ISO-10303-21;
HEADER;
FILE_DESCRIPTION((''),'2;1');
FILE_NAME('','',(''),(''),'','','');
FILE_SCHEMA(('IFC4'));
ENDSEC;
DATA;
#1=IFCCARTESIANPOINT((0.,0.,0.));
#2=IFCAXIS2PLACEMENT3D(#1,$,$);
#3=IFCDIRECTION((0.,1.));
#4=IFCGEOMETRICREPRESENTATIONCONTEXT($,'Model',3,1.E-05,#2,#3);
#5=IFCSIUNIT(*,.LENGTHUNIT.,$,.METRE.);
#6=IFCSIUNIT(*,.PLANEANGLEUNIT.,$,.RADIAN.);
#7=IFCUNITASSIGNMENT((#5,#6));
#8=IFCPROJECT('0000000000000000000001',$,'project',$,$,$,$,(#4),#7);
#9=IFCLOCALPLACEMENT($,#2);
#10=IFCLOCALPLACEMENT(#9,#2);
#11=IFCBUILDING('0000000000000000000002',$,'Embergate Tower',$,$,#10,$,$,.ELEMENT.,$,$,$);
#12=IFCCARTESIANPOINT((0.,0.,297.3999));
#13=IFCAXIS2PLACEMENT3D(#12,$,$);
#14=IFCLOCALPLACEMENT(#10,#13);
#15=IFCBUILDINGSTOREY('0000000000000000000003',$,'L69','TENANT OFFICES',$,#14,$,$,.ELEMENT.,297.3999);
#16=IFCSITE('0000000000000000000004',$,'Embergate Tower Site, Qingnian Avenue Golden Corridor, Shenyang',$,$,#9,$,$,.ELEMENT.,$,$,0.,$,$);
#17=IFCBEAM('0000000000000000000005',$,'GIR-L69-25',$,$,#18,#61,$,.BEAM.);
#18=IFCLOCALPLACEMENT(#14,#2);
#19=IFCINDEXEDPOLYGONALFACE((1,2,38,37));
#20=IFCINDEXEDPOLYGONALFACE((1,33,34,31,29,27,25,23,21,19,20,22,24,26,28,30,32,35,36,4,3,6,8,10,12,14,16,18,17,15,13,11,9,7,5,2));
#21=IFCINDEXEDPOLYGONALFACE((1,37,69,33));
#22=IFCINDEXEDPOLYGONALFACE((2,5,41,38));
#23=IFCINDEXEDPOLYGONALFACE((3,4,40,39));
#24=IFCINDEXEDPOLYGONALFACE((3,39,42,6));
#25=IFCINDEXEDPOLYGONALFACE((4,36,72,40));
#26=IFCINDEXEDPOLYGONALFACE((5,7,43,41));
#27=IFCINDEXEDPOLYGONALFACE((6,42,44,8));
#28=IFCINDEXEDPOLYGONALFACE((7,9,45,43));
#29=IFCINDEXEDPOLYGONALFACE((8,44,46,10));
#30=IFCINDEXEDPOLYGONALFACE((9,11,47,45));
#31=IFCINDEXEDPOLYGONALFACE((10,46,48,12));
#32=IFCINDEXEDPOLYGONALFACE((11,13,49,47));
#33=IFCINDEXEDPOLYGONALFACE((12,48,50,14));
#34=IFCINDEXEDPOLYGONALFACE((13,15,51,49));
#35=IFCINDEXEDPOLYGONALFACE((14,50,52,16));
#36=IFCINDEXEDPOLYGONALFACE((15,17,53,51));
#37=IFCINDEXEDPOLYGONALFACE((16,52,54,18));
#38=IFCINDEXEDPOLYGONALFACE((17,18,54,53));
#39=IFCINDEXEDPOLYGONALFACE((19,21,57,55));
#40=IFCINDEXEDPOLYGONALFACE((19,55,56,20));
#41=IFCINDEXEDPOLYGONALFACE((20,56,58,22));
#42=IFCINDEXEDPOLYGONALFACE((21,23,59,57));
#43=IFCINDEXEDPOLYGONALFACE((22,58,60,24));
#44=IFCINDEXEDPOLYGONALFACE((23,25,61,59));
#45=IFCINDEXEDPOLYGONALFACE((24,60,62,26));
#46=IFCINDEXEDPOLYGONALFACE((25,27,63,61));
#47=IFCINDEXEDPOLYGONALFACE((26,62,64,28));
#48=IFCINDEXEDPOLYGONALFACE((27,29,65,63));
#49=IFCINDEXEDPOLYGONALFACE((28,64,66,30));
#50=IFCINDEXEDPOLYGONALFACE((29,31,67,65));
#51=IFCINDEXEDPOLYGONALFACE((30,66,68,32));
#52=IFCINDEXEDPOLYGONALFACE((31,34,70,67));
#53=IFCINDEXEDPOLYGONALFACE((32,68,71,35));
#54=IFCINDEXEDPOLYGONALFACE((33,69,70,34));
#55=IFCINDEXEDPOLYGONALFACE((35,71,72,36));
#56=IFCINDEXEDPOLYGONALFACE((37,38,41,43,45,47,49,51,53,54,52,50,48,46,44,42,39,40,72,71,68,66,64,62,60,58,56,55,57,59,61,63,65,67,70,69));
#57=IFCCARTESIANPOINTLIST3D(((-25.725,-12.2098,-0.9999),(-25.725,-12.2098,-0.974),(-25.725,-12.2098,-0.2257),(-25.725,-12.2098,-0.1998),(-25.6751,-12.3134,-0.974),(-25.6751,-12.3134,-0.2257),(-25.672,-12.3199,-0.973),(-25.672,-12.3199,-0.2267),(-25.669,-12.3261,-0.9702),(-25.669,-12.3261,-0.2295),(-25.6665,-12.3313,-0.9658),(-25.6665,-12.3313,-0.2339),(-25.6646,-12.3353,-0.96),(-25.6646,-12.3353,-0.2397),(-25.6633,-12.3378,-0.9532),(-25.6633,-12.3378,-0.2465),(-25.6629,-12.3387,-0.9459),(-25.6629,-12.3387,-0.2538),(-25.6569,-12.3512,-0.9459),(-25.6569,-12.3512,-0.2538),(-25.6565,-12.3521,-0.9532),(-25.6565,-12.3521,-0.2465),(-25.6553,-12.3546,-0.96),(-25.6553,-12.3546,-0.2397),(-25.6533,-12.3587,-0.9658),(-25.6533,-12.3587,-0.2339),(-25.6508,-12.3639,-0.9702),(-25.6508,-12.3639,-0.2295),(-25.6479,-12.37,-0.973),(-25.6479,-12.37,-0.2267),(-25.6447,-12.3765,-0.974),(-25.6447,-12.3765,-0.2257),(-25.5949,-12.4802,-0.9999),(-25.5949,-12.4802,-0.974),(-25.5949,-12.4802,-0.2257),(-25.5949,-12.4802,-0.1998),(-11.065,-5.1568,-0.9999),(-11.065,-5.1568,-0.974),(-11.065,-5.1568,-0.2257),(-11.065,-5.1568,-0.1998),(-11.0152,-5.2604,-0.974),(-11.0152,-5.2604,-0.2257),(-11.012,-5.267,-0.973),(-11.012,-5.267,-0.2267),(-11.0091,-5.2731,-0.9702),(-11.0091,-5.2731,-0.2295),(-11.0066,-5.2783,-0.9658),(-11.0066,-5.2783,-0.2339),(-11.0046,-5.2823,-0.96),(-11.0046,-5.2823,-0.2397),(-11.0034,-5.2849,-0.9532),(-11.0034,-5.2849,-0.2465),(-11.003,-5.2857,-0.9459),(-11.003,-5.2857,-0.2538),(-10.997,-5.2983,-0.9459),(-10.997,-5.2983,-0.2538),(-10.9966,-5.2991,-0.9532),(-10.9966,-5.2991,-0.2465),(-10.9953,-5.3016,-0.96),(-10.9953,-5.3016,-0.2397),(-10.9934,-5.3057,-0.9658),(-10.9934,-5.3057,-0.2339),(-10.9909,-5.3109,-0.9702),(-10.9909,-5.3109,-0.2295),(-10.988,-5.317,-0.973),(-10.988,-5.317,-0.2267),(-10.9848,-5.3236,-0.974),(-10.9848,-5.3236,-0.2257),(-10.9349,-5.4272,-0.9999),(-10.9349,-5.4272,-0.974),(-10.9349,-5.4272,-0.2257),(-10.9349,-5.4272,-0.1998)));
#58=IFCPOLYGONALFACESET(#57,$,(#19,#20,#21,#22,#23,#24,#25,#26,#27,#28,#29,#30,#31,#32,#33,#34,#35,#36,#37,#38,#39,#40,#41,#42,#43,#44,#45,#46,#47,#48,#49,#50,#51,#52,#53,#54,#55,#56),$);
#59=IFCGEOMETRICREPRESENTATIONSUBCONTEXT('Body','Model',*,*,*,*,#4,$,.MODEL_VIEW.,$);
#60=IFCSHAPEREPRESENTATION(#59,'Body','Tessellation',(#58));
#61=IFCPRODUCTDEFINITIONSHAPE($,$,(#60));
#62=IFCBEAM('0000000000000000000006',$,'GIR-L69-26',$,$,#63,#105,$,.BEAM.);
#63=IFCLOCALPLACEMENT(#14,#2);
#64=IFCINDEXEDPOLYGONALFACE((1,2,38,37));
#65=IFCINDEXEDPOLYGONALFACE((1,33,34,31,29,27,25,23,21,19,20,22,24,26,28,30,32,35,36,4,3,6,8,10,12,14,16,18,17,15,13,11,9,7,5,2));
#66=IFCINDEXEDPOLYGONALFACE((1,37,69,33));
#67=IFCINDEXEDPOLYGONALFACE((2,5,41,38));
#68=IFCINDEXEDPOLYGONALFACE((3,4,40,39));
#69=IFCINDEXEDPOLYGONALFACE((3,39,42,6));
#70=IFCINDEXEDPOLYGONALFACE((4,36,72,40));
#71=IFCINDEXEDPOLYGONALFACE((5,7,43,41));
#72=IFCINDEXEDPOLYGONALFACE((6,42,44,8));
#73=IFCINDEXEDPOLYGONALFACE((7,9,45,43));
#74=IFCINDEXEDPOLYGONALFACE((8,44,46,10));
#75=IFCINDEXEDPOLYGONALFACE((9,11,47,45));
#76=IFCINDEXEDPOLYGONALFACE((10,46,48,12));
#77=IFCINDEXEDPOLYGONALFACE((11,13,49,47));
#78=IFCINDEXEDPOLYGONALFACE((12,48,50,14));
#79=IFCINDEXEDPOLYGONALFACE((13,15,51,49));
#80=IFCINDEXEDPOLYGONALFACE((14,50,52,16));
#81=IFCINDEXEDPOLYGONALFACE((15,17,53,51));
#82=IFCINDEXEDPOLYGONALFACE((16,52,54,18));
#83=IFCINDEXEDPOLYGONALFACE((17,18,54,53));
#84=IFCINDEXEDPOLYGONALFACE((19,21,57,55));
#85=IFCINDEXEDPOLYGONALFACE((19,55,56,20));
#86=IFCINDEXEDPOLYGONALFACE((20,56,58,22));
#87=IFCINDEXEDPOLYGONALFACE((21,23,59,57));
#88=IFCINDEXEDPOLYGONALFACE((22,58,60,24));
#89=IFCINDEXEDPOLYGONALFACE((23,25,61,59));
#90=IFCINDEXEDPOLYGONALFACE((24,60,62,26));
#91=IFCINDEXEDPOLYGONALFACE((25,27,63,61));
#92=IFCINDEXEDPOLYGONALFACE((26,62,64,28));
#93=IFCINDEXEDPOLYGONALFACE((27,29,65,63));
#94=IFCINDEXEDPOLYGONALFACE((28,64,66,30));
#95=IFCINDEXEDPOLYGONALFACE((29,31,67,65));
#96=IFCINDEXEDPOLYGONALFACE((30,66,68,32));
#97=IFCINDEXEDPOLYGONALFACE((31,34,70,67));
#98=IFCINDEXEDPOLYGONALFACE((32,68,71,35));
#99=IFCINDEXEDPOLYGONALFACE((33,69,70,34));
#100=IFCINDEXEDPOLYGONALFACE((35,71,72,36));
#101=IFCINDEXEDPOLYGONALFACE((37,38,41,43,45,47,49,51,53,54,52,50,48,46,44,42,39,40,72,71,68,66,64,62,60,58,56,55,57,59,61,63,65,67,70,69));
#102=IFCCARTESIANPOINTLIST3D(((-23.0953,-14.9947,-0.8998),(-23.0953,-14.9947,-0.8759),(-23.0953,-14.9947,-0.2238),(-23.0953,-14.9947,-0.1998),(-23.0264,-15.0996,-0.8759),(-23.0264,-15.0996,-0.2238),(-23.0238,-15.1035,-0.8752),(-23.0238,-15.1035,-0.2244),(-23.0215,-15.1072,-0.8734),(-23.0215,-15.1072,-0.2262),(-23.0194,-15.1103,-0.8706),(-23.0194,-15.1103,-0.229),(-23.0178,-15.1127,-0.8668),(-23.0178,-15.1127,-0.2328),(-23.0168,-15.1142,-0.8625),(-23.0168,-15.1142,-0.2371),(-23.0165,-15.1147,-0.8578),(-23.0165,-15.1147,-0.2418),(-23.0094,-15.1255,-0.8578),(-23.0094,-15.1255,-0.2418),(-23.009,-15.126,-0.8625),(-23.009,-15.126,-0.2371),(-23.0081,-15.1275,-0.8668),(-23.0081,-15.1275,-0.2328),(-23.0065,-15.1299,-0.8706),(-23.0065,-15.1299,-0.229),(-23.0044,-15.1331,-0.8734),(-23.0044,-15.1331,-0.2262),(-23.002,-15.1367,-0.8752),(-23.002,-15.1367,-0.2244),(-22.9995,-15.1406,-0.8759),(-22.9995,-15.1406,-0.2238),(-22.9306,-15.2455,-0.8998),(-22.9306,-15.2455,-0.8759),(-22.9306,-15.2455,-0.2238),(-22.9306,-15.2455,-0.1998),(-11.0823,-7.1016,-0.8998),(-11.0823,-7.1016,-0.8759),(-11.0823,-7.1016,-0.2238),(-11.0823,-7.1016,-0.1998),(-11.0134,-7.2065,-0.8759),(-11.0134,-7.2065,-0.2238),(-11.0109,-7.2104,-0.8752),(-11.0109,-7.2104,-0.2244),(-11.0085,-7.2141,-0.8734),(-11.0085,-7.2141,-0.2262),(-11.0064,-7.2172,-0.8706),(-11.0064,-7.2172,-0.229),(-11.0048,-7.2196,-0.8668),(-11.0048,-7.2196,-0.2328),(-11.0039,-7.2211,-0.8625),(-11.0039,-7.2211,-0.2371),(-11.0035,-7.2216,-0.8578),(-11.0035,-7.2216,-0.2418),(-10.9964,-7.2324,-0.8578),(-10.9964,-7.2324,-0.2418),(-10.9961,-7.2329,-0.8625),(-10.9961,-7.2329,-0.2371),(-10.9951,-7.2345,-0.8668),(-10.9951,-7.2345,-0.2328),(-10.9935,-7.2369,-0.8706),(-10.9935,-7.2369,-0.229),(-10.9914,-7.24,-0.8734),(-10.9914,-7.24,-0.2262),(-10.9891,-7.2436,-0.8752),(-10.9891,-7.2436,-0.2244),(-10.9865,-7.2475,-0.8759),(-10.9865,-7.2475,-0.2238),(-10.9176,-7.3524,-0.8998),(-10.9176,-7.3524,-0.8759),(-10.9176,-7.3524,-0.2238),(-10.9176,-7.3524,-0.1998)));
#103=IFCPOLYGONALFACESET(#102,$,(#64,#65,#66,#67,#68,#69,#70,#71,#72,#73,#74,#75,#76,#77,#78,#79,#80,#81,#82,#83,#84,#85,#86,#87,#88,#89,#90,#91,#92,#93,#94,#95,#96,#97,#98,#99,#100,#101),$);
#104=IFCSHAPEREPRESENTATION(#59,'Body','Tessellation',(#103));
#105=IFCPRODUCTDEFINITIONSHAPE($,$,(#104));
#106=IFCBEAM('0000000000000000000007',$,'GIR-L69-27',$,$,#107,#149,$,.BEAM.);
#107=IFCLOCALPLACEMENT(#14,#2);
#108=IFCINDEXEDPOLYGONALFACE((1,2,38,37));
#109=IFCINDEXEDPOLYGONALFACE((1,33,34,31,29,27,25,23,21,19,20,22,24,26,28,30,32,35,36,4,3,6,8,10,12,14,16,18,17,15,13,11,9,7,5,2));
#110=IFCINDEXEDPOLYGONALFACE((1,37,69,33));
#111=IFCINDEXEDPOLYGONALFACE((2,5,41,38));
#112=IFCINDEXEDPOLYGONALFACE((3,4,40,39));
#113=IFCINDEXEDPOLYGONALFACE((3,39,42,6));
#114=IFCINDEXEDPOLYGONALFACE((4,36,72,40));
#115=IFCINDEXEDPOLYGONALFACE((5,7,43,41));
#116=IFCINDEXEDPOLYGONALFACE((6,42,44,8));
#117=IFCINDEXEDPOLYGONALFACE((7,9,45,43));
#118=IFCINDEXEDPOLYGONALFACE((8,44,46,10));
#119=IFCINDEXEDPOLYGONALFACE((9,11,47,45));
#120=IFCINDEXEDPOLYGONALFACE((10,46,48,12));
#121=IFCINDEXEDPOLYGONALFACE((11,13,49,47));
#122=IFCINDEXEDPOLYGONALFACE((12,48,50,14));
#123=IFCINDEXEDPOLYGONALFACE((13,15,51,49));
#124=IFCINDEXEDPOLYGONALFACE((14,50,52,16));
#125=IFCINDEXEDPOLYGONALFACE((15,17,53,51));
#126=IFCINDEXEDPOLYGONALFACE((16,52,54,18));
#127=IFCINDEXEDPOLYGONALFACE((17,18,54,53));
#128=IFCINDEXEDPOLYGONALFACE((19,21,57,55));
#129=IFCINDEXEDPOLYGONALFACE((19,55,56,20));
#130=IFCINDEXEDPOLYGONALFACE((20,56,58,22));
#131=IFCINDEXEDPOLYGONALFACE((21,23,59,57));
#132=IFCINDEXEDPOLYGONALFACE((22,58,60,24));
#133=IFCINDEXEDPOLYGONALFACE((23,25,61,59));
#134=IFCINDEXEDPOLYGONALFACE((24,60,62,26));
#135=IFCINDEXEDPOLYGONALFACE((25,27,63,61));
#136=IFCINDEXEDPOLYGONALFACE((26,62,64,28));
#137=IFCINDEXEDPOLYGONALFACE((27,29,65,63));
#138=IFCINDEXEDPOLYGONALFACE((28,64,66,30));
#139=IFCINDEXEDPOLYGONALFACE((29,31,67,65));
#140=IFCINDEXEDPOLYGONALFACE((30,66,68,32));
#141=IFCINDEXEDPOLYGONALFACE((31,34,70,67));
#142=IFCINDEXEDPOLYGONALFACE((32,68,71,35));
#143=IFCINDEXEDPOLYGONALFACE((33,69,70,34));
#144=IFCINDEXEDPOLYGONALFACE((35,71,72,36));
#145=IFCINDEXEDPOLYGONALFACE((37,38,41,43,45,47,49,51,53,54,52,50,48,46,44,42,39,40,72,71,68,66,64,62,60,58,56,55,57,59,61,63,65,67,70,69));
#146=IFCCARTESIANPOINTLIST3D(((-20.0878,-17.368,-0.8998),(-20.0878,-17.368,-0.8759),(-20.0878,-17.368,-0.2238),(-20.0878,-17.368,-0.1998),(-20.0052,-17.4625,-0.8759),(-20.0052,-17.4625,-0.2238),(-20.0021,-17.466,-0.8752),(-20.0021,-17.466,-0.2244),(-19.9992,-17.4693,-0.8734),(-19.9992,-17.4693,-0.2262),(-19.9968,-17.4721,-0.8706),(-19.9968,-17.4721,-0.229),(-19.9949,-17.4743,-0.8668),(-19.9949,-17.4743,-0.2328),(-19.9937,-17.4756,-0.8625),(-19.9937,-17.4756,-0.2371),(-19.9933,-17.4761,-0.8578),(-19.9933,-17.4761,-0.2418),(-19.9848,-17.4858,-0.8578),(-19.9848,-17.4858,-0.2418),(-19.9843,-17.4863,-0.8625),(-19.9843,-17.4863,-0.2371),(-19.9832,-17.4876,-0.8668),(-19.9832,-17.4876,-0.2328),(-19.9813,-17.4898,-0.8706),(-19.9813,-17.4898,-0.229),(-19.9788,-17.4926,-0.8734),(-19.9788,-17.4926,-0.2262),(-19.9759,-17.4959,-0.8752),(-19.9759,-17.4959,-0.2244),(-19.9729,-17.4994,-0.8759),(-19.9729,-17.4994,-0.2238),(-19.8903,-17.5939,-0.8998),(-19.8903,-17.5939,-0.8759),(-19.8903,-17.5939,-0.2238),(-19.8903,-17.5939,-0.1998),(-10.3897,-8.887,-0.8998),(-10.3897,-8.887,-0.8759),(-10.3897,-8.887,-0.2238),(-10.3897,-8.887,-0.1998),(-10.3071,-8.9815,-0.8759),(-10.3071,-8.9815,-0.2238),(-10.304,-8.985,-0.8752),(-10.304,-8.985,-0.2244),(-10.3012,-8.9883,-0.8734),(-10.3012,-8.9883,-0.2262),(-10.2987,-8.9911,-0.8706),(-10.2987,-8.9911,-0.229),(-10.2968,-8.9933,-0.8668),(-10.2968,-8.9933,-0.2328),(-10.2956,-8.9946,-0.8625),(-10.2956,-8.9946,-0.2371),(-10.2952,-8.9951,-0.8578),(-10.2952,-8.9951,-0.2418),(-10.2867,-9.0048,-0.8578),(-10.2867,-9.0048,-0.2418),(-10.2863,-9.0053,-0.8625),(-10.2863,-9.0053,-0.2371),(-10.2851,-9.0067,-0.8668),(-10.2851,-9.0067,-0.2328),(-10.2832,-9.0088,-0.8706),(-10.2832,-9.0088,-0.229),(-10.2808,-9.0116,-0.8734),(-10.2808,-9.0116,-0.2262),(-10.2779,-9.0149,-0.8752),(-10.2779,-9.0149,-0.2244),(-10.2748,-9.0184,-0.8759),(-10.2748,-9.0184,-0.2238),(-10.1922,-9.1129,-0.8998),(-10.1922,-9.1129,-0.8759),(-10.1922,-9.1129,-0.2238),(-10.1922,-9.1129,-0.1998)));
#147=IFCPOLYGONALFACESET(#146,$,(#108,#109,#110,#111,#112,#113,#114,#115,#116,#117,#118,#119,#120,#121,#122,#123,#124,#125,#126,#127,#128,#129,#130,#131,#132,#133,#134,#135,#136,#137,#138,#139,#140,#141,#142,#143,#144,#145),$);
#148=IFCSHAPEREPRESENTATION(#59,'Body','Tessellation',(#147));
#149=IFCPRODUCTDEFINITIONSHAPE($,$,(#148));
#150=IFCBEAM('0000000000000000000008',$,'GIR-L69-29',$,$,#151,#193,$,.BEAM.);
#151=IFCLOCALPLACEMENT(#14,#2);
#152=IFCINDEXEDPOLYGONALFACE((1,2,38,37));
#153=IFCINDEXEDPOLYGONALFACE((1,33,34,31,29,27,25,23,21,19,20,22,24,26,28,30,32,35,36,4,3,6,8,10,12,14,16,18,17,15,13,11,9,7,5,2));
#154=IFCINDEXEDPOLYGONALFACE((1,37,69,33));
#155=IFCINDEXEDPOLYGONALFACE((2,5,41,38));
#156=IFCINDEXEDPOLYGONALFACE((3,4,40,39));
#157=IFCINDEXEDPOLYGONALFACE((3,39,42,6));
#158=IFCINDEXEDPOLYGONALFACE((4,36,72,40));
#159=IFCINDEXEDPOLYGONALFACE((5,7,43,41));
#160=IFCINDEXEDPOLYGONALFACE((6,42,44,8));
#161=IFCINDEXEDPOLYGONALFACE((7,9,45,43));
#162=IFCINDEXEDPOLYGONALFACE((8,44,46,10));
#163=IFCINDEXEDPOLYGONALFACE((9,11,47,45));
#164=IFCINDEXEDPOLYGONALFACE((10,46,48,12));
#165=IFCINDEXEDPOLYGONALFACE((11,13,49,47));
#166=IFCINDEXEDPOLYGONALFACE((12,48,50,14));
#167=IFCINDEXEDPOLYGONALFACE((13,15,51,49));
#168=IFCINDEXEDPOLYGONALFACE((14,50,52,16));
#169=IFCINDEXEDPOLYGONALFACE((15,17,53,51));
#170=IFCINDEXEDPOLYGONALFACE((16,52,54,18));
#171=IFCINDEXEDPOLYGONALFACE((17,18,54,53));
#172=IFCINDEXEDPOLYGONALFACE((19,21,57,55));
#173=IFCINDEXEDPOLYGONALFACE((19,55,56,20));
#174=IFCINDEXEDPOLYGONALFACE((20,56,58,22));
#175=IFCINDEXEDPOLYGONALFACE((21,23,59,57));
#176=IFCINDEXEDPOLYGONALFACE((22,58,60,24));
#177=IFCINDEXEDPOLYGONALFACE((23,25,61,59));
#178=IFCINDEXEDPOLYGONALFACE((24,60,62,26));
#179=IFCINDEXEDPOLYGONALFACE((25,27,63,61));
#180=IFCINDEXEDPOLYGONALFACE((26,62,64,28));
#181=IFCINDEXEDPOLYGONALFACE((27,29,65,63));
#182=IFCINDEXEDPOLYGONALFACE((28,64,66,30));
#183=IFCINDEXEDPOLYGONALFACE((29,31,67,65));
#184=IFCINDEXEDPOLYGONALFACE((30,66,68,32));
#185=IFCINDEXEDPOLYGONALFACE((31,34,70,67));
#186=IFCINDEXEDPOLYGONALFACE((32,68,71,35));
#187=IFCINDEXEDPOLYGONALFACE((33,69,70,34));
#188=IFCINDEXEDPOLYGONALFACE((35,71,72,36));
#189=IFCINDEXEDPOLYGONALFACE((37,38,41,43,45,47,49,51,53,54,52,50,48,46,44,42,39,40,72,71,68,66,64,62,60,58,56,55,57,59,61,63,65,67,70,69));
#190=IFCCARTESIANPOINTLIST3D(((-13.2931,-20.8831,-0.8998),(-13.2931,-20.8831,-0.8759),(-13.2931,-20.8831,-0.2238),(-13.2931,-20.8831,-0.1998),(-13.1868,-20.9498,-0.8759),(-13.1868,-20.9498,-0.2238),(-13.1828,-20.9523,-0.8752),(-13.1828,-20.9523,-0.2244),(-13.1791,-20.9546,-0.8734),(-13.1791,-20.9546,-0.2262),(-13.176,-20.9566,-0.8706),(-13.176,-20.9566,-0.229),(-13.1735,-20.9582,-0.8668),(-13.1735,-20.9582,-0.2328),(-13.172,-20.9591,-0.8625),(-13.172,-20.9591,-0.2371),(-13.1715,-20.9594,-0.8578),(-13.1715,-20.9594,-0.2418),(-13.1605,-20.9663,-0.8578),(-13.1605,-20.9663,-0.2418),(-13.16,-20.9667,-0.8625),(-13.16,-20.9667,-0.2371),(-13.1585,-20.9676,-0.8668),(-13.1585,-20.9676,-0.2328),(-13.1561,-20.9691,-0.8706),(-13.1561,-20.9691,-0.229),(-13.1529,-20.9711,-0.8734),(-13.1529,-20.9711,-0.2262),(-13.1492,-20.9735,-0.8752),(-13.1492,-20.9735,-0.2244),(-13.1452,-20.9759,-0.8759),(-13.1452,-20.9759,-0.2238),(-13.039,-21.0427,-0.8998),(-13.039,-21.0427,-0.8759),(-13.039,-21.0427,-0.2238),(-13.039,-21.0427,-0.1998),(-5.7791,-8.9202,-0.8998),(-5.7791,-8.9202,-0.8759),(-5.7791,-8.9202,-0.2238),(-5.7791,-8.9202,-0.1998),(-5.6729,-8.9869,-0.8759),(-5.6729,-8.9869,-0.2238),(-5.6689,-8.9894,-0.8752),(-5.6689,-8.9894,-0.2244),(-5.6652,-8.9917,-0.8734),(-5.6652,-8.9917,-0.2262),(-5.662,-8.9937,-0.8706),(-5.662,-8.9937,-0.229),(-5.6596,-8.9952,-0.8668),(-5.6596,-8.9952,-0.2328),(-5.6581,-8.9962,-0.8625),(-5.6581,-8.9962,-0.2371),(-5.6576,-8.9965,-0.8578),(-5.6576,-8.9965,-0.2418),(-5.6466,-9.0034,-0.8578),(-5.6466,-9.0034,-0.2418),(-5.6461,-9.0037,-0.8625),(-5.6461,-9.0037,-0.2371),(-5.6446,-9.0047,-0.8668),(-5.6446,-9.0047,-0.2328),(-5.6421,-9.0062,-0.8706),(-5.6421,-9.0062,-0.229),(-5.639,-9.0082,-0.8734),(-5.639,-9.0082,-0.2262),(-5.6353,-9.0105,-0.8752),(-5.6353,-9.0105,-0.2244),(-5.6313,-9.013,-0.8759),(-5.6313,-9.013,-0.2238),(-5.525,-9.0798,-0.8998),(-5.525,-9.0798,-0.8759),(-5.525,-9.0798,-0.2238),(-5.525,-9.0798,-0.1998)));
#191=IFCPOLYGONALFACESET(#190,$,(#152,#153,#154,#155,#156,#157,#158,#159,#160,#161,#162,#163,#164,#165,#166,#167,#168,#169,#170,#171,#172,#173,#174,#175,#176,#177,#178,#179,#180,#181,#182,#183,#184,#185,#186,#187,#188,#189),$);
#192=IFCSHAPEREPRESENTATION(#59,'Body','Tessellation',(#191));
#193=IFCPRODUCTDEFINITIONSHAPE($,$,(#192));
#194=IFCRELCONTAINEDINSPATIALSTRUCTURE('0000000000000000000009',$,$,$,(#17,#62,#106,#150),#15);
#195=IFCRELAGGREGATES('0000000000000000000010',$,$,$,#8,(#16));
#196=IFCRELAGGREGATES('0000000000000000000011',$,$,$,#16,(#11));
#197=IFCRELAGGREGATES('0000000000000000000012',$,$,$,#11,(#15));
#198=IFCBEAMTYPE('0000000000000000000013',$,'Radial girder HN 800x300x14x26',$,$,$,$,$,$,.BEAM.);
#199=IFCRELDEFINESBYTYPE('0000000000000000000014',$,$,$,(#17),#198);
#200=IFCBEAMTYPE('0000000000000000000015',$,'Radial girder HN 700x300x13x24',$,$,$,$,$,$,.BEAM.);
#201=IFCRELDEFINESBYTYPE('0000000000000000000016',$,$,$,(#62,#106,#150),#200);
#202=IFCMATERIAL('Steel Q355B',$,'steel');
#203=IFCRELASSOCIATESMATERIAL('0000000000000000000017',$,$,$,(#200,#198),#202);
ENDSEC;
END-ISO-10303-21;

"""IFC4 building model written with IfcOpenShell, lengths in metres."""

from ifc_helpers import new_model, si_unit, direction, frame, origin, origin_2d, place, context, subcontext, project, spatial, i_section, extrude, source, transform, mapped, material, material_profile, profile_set, type_object, element, save


model = new_model("IFC4")

# Units and contexts
model_context = context("Model", 3, precision=1e-05, world=origin(), true_north=direction((0.0, 1.0)))
body_context = subcontext(model_context, "Body", "Model", "MODEL_VIEW")
ifc_project = project(units=[si_unit("LENGTHUNIT", "METRE"), si_unit("PLANEANGLEUNIT", "RADIAN")], contexts=[model_context])

# Site, building, storey
site_placement = place(None, origin())
site = spatial("IfcSite", under=ifc_project, at=site_placement, Name="Embergate Tower Site, Qingnian Avenue Golden Corridor, Shenyang", CompositionType="ELEMENT", RefElevation=0.0)
building_placement = place(site_placement, origin())
building = spatial("IfcBuilding", under=site, at=building_placement, Name="Embergate Tower", CompositionType="ELEMENT")
storey_placement = place(building_placement, frame((0.0, 0.0, 297.3999)))
storey = spatial("IfcBuildingStorey", under=building, at=storey_placement, Name="L69", Description="TENANT OFFICES", CompositionType="ELEMENT", Elevation=297.3999)

# Beams
ifc_material_1 = material(Name="Steel Q355B", Category="steel")
ifc_material_profile_1 = material_profile(ifc_material_1, i_section(OverallWidth=0.3, OverallDepth=0.7, WebThickness=0.0129, FlangeThickness=0.0239, FilletRadius=0.0181, at=origin_2d()), Name="HN 700x300x13x24")
ifc_profile_set_1 = profile_set([ifc_material_profile_1], Name="Steel Q355 grade B")
beam_type_1 = type_object("IfcBeamType", Name="Radial girder HN 700x300x13x24", PredefinedType="BEAM", material=ifc_profile_set_1)
ifc_material_profile_2 = material_profile(ifc_material_1, i_section(OverallWidth=0.3, OverallDepth=0.8, WebThickness=0.0139, FlangeThickness=0.0259, FilletRadius=0.0281, at=origin_2d()), Name="HN 800x300x14x26")
ifc_profile_set_2 = profile_set([ifc_material_profile_2], Name="Steel Q355 grade B")
beam_type_2 = type_object("IfcBeamType", Name="Radial girder HN 800x300x14x26", PredefinedType="BEAM", material=ifc_profile_set_2)
shared_shape_1 = source(origin(), body_context, "Body", "SweptSolid", [
    extrude(i_section(OverallWidth=0.3, OverallDepth=0.8, WebThickness=0.0139, FlangeThickness=0.0259, FilletRadius=0.0281, at=origin_2d()), origin(), (0.0, 0.0, 1.0), 16.2683),
])
beam_1_placement = place(storey_placement, frame((-25.6599, -12.345, -0.5999), z_axis=(0.901134, 0.433541, 0.0), x_axis=(-0.433541, 0.901134, 0.0)))
element("IfcBeam", 1, at=beam_1_placement, inside=storey, type_object=beam_type_2, Name="GIR-L69-25", PredefinedType="BEAM", context=body_context, shape_type="MappedRepresentation", body=[
    mapped(shared_shape_1, transform((0.0, 0.0, 0.0))),
])
shared_shape_2 = source(origin(), body_context, "Body", "SweptSolid", [
    extrude(i_section(OverallWidth=0.3, OverallDepth=0.7, WebThickness=0.0129, FlangeThickness=0.0239, FilletRadius=0.0181, at=origin_2d()), origin(), (0.0, 0.0, 1.0), 14.374),
])
beam_2_placement = place(storey_placement, frame((-23.0129, -15.1201, -0.5498), z_axis=(0.835742, 0.549122, 0.0), x_axis=(-0.549122, 0.835742, 0.0)))
element("IfcBeam", 2, at=beam_2_placement, inside=storey, type_object=beam_type_1, Name="GIR-L69-26", PredefinedType="BEAM", context=body_context, shape_type="MappedRepresentation", body=[
    mapped(shared_shape_2, transform((0.0, 0.0, 0.0))),
])
shared_shape_3 = source(origin(), body_context, "Body", "SweptSolid", [
    extrude(i_section(OverallWidth=0.3, OverallDepth=0.7, WebThickness=0.0129, FlangeThickness=0.0239, FilletRadius=0.0181, at=origin_2d()), origin(), (0.0, 0.0, 1.0), 12.8833),
])
beam_3_placement = place(storey_placement, frame((-19.989, -17.481, -0.5498), z_axis=(0.752761, 0.658294, 0.0), x_axis=(-0.658294, 0.752761, 0.0)))
element("IfcBeam", 3, at=beam_3_placement, inside=storey, type_object=beam_type_1, Name="GIR-L69-27", PredefinedType="BEAM", context=body_context, shape_type="MappedRepresentation", body=[
    mapped(shared_shape_3, transform((0.0, 0.0, 0.0))),
])
shared_shape_4 = source(origin(), body_context, "Body", "SweptSolid", [
    extrude(i_section(OverallWidth=0.3, OverallDepth=0.7, WebThickness=0.0129, FlangeThickness=0.0239, FilletRadius=0.0181, at=origin_2d()), origin(), (0.0, 0.0, 1.0), 14.127),
])
beam_4_placement = place(storey_placement, frame((-13.166, -20.9629, -0.5498), z_axis=(0.531887, 0.846816, 0.0), x_axis=(-0.846816, 0.531887, 0.0)))
element("IfcBeam", 4, at=beam_4_placement, inside=storey, type_object=beam_type_1, Name="GIR-L69-29", PredefinedType="BEAM", context=body_context, shape_type="MappedRepresentation", body=[
    mapped(shared_shape_4, transform((0.0, 0.0, 0.0))),
])

save(model, "model.ifc")
